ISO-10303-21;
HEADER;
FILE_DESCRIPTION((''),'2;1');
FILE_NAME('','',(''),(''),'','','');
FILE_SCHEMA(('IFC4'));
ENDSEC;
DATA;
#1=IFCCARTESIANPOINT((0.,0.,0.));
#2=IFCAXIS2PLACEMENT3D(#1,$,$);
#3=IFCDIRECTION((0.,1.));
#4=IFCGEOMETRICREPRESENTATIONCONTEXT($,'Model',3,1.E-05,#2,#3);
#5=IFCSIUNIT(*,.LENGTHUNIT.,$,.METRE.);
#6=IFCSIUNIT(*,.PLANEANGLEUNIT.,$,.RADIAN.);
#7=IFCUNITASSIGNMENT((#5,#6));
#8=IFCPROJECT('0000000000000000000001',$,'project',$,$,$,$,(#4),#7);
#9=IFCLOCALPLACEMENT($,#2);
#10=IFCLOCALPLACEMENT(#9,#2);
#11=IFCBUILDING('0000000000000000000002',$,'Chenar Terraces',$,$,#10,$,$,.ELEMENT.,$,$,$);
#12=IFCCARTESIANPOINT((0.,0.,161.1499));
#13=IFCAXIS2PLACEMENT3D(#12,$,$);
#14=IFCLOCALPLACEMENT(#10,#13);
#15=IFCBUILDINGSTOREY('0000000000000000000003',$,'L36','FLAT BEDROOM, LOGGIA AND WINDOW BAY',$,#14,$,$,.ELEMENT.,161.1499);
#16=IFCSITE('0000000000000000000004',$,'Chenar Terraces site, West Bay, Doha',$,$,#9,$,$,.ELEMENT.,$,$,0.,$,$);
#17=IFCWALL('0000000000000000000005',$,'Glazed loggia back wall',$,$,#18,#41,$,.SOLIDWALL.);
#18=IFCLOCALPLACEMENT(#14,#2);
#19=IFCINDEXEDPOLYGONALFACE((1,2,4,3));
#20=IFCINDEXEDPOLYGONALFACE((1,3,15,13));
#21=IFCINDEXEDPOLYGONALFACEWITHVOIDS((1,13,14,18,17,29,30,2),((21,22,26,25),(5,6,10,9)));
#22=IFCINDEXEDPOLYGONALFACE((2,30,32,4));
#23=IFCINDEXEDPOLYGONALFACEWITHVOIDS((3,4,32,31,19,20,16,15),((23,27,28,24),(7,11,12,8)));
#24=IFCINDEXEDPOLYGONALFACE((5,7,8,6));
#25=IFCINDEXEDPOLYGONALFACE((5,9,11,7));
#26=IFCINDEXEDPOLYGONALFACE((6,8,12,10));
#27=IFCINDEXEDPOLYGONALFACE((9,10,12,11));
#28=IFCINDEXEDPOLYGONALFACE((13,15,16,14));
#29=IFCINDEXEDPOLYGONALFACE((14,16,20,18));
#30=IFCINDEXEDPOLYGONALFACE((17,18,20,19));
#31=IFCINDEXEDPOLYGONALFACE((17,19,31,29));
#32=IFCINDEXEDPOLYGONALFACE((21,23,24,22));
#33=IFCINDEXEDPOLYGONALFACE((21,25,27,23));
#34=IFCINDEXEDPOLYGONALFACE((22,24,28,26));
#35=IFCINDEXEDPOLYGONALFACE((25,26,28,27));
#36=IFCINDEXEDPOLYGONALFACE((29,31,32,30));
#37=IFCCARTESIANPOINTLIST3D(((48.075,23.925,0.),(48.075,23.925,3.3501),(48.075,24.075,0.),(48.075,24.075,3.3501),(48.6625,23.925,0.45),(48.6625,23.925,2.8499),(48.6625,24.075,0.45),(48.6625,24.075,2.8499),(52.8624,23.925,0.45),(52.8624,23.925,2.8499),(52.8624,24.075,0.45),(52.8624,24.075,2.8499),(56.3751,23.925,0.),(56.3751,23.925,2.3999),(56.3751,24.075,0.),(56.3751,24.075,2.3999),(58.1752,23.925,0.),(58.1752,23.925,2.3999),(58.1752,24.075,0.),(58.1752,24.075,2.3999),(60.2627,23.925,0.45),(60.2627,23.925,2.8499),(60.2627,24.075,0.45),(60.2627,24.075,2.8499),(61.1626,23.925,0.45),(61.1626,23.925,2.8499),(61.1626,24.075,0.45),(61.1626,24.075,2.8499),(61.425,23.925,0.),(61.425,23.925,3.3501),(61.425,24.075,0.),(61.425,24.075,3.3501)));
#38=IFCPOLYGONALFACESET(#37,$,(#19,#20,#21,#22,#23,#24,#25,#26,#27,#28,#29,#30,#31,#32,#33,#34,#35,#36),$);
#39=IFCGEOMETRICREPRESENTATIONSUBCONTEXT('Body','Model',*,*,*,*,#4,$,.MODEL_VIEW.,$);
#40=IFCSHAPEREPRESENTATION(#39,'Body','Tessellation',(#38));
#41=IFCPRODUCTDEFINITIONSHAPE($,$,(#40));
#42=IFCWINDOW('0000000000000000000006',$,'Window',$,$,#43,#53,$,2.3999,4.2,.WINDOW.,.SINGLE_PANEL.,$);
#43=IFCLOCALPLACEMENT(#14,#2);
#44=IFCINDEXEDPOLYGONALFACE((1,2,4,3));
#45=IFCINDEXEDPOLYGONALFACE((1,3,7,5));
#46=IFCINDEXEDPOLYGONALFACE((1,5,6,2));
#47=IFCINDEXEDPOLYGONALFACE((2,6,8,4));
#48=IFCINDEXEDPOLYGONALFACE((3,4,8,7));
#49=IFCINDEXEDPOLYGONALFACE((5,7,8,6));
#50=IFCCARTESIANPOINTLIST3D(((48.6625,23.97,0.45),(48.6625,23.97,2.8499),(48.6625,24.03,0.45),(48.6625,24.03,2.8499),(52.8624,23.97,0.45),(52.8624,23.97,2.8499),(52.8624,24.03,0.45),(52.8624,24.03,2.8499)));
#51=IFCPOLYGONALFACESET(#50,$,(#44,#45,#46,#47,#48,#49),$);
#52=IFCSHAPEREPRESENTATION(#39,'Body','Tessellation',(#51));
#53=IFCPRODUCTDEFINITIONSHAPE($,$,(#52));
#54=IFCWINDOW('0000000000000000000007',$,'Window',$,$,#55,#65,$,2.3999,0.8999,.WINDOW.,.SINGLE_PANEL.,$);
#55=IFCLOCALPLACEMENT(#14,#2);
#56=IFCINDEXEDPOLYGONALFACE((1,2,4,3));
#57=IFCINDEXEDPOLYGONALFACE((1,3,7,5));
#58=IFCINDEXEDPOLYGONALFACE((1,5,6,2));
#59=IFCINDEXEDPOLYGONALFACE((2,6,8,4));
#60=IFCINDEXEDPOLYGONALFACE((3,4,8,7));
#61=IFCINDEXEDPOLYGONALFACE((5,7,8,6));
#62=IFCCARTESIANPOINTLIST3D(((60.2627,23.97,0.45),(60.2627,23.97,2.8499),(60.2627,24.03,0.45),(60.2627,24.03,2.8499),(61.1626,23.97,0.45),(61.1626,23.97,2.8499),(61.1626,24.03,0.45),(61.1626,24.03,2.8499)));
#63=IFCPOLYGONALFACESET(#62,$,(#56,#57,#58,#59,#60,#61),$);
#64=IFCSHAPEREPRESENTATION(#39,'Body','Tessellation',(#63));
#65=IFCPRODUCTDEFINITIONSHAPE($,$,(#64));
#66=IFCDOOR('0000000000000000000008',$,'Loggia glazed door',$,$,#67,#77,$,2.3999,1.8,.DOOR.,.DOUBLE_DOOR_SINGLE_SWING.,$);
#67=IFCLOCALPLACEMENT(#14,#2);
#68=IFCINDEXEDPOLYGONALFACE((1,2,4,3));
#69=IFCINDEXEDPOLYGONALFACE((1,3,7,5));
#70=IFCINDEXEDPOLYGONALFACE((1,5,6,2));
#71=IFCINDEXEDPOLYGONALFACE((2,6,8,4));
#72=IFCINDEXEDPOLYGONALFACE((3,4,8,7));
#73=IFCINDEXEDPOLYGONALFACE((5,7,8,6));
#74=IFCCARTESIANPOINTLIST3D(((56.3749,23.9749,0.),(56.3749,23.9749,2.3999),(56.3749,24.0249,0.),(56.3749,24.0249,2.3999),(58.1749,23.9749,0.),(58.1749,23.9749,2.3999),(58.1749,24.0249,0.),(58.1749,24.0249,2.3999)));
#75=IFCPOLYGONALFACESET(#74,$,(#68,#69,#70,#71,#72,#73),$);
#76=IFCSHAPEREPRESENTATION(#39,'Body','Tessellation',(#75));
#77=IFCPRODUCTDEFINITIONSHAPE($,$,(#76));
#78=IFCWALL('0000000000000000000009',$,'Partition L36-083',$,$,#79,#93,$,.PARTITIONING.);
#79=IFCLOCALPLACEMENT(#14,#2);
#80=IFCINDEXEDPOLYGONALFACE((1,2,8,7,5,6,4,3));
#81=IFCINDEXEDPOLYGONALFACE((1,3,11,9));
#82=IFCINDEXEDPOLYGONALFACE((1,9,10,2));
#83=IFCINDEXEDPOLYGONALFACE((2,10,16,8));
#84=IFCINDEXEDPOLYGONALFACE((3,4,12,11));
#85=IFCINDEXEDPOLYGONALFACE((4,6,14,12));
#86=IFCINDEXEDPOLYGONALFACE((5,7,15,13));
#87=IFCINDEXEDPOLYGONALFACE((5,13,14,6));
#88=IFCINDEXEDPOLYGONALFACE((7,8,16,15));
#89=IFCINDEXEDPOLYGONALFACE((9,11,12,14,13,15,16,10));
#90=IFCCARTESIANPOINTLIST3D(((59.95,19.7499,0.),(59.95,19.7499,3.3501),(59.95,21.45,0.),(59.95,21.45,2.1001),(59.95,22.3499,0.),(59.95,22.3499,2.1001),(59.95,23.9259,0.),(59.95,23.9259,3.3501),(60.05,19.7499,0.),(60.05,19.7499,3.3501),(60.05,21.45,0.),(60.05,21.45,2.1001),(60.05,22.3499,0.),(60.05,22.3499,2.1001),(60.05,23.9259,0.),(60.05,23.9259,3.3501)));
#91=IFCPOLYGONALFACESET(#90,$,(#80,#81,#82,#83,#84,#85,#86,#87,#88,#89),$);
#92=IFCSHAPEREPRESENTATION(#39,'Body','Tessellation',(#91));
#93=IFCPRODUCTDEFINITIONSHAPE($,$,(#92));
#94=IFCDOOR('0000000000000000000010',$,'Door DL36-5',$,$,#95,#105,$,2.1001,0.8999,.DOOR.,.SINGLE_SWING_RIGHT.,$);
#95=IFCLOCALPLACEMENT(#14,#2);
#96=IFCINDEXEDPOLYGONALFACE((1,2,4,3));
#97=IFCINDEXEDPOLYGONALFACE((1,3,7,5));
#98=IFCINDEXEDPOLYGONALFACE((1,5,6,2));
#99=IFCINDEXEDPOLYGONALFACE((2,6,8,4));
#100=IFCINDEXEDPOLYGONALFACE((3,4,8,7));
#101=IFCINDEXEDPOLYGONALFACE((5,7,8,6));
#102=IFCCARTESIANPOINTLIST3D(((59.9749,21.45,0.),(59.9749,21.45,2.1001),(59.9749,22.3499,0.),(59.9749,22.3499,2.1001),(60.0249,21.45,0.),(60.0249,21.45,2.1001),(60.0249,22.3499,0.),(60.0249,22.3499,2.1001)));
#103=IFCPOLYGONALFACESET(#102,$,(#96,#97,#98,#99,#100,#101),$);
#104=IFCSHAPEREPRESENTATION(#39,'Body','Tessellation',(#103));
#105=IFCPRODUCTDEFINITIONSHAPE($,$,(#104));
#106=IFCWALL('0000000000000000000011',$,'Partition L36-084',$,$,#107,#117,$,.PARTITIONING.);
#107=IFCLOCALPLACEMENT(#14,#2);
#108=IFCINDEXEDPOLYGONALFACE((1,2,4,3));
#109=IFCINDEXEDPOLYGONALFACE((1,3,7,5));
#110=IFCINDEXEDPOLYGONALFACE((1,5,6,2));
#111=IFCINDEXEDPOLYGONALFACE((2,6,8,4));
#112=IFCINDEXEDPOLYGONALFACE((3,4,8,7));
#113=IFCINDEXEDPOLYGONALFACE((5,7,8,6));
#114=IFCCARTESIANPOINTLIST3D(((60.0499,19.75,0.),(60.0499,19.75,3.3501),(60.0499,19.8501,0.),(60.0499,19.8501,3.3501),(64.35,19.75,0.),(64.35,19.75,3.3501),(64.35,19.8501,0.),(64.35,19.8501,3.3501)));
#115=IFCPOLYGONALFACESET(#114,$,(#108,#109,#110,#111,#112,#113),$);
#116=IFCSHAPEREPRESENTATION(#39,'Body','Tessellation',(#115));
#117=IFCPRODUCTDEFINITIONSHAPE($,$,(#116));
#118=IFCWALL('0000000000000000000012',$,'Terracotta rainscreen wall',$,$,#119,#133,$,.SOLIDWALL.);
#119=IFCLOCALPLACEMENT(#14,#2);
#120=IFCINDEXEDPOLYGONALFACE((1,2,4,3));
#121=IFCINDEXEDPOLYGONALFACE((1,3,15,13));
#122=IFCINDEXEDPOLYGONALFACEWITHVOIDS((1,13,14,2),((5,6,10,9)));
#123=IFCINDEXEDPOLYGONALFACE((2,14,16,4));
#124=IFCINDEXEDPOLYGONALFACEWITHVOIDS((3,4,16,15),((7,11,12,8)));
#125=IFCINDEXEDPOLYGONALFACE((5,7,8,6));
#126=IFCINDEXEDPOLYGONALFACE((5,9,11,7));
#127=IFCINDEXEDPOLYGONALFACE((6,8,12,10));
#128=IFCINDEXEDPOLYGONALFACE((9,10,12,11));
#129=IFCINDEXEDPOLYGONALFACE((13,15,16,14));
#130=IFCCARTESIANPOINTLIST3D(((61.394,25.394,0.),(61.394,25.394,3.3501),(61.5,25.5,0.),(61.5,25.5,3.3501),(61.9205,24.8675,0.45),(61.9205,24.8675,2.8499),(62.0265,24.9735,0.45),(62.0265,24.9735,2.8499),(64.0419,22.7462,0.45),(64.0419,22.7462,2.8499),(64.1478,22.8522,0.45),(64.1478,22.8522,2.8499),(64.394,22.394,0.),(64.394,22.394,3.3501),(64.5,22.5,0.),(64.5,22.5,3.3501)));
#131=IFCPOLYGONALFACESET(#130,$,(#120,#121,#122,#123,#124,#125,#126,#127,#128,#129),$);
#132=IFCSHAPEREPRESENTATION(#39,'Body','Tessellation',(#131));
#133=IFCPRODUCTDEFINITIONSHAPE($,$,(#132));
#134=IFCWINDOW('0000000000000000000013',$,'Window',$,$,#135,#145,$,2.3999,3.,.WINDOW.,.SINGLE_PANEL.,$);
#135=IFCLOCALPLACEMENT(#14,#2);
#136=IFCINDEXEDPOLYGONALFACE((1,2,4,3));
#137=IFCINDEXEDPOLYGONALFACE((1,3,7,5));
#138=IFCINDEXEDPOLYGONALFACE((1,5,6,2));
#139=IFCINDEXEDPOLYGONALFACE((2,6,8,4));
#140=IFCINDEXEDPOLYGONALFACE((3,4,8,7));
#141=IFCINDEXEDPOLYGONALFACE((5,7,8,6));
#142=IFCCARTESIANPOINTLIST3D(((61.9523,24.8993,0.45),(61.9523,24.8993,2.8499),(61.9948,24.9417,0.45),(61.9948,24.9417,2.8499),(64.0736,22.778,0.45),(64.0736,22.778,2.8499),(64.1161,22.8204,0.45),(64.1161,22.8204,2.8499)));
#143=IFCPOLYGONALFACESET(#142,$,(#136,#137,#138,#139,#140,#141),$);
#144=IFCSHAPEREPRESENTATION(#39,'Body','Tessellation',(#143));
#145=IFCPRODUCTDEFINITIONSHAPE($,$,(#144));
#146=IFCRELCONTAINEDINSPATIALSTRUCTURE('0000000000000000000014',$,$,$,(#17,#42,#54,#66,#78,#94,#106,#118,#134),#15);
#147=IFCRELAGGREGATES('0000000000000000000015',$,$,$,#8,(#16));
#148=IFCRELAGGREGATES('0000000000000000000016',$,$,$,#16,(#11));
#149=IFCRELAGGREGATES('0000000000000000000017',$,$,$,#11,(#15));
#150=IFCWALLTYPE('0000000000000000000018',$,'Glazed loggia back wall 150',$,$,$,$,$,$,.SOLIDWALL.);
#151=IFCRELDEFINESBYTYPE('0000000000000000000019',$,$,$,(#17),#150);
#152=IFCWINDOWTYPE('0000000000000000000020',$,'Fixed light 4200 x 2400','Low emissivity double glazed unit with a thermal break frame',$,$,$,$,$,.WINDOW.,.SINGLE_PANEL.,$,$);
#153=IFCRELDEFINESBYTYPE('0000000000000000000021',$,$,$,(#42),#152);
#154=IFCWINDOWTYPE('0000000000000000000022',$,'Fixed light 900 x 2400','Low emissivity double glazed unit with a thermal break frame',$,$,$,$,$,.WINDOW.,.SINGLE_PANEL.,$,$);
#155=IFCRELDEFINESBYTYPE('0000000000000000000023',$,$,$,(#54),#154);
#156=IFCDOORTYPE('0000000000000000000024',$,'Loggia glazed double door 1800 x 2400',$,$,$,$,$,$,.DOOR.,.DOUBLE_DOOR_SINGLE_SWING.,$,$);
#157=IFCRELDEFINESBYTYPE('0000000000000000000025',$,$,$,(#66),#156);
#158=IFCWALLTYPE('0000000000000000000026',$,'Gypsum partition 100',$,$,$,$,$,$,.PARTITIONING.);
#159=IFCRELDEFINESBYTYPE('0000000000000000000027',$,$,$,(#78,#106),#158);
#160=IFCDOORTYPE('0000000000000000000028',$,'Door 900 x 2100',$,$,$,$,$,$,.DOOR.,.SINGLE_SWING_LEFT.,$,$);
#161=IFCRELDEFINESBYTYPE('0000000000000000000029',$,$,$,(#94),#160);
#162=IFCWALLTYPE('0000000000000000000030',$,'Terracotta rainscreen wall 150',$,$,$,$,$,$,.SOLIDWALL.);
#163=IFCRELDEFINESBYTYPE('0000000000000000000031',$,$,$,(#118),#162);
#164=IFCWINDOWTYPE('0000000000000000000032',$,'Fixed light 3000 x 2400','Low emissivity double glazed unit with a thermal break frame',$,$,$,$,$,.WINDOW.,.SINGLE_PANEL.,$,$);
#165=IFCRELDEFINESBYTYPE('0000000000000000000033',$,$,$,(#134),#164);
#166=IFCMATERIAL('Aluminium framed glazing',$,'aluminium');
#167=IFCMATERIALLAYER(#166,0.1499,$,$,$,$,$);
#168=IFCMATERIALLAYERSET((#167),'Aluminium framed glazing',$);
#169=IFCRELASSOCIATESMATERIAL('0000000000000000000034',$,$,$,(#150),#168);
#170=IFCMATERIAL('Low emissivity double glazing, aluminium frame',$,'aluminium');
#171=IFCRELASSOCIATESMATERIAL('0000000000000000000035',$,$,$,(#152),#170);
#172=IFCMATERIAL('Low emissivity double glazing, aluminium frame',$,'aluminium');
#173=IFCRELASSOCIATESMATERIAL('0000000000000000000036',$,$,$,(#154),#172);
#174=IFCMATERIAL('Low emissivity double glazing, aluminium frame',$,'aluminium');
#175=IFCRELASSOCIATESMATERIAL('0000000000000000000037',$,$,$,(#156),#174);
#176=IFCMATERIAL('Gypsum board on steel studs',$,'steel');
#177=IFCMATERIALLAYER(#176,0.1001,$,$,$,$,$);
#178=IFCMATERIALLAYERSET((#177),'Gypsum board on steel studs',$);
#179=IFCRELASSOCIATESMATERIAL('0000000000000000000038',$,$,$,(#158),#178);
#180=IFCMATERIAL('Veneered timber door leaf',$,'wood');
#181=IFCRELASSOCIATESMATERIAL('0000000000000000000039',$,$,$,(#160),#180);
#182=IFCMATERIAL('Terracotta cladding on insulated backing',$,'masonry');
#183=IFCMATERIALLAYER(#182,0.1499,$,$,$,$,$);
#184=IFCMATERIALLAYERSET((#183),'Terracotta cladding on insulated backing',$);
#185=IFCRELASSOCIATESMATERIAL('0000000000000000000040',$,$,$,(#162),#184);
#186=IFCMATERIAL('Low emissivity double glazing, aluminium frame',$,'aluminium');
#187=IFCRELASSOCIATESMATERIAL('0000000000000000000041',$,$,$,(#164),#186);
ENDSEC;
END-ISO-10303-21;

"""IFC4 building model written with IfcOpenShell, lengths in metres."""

from ifc_helpers import new_model, si_unit, direction, frame, frame_2d, origin, place, context, subcontext, project, spatial, rectangle, extrude, material, layer, layer_set, type_object, element, fill, save


model = new_model("IFC4")

# Units and contexts
model_context = context("Model", 3, precision=1e-05, world=origin(), true_north=direction((0.0, 1.0)))
body_context = subcontext(model_context, "Body", "Model", "MODEL_VIEW")
ifc_project = project(units=[si_unit("LENGTHUNIT", "METRE"), si_unit("PLANEANGLEUNIT", "RADIAN")], contexts=[model_context])

# Site, building, storey
site_placement = place(None, origin())
site = spatial("IfcSite", under=ifc_project, at=site_placement, Name="Chenar Terraces site, West Bay, Doha", CompositionType="ELEMENT", RefElevation=0.0)
building_placement = place(site_placement, origin())
building = spatial("IfcBuilding", under=site, at=building_placement, Name="Chenar Terraces", CompositionType="ELEMENT")
storey_placement = place(building_placement, frame((0.0, 0.0, 161.1499)))
storey = spatial("IfcBuildingStorey", under=building, at=storey_placement, Name="L36", Description="FLAT BEDROOM, LOGGIA AND WINDOW BAY", CompositionType="ELEMENT", Elevation=161.1499)

# Wall, openings, windows, door
ifc_material_1 = material(Name="Aluminium framed glazing", Category="aluminium")
ifc_layer_1 = layer(ifc_material_1, 0.1499)
ifc_layer_set_1 = layer_set([ifc_layer_1], Name="Aluminium framed glazing")
wall_type_1 = type_object("IfcWallType", Name="Glazed loggia back wall 150", PredefinedType="SOLIDWALL", material=ifc_layer_set_1)
wall_1_placement = place(storey_placement, frame((61.425, 24.0, 0.0), z_axis=(0.0, 0.0, 1.0), x_axis=(-1.0, 0.0, 0.0)))
wall_1 = element("IfcWall", 1, at=wall_1_placement, inside=storey, type_object=wall_type_1, Name="Glazed loggia back wall", PredefinedType="SOLIDWALL", context=body_context, shape_type="SweptSolid", body=[
    extrude(rectangle(XDim=13.3501, YDim=0.1499, at=frame_2d((6.675, 0.0))), origin(), (0.0, 0.0, 1.0), 3.3501),
])
opening_1_placement = place(wall_1_placement, frame((0.2625, 0.0, 0.45)))
opening_1 = element("IfcOpeningElement", 2, at=opening_1_placement, cuts=wall_1, PredefinedType="OPENING", context=body_context, shape_type="SweptSolid", body=[
    extrude(rectangle(XDim=0.8999, YDim=2.3999, at=frame_2d((0.45, 1.2))), frame((0.0, 0.085, 0.0), z_axis=(0.0, -1.0, 0.0), x_axis=(1.0, 0.0, 0.0)), (0.0, 0.0, 1.0), 0.1699),
])
opening_2_placement = place(wall_1_placement, frame((3.25, 0.0, 0.0)))
opening_2 = element("IfcOpeningElement", 3, at=opening_2_placement, cuts=wall_1, PredefinedType="OPENING", context=body_context, shape_type="SweptSolid", body=[
    extrude(rectangle(XDim=1.8, YDim=2.3999, at=frame_2d((0.8999, 1.2))), frame((0.0, 0.085, 0.0), z_axis=(0.0, -1.0, 0.0), x_axis=(1.0, 0.0, 0.0)), (0.0, 0.0, 1.0), 0.1699),
])
opening_3_placement = place(wall_1_placement, frame((8.5625, 0.0, 0.45)))
opening_3 = element("IfcOpeningElement", 4, at=opening_3_placement, cuts=wall_1, PredefinedType="OPENING", context=body_context, shape_type="SweptSolid", body=[
    extrude(rectangle(XDim=4.2, YDim=2.3999, at=frame_2d((2.1001, 1.2))), frame((0.0, 0.085, 0.0), z_axis=(0.0, -1.0, 0.0), x_axis=(1.0, 0.0, 0.0)), (0.0, 0.0, 1.0), 0.1699),
])
ifc_material_2 = material(Name="Low emissivity double glazing, aluminium frame", Category="aluminium")
window_type_1 = type_object("IfcWindowType", Name="Fixed light 4200 x 2400", Description="Low emissivity double glazed unit with a thermal break frame", PartitioningType="SINGLE_PANEL", PredefinedType="WINDOW", material=ifc_material_2)
window_1_placement = place(opening_3_placement, origin())
window_1 = element("IfcWindow", 5, at=window_1_placement, inside=storey, type_object=window_type_1, Name="Window", OverallHeight=2.3999, OverallWidth=4.2, PartitioningType="SINGLE_PANEL", PredefinedType="WINDOW", context=body_context, shape_type="SweptSolid", body=[
    extrude(rectangle(XDim=4.2, YDim=2.3999, at=frame_2d((2.1001, 1.2))), frame((0.0, 0.03, 0.0), z_axis=(0.0, -1.0, 0.0), x_axis=(1.0, 0.0, 0.0)), (0.0, 0.0, 1.0), 0.0601),
])
fill(opening_3, window_1)
ifc_material_3 = material(Name="Low emissivity double glazing, aluminium frame", Category="aluminium")
window_type_2 = type_object("IfcWindowType", Name="Fixed light 900 x 2400", Description="Low emissivity double glazed unit with a thermal break frame", PartitioningType="SINGLE_PANEL", PredefinedType="WINDOW", material=ifc_material_3)
window_2_placement = place(opening_1_placement, origin())
window_2 = element("IfcWindow", 6, at=window_2_placement, inside=storey, type_object=window_type_2, Name="Window", OverallHeight=2.3999, OverallWidth=0.8999, PartitioningType="SINGLE_PANEL", PredefinedType="WINDOW", context=body_context, shape_type="SweptSolid", body=[
    extrude(rectangle(XDim=0.8999, YDim=2.3999, at=frame_2d((0.45, 1.2))), frame((0.0, 0.03, 0.0), z_axis=(0.0, -1.0, 0.0), x_axis=(1.0, 0.0, 0.0)), (0.0, 0.0, 1.0), 0.0601),
])
fill(opening_1, window_2)
ifc_material_4 = material(Name="Low emissivity double glazing, aluminium frame", Category="aluminium")
door_type_1 = type_object("IfcDoorType", Name="Loggia glazed double door 1800 x 2400", OperationType="DOUBLE_DOOR_SINGLE_SWING", PredefinedType="DOOR", material=ifc_material_4)
door_1_placement = place(opening_2_placement, frame((1.8, 0.0, 0.0), z_axis=(0.0, 0.0, 1.0), x_axis=(-1.0, 0.0, 0.0)))
door_1 = element("IfcDoor", 7, at=door_1_placement, inside=storey, type_object=door_type_1, Name="Loggia glazed door", OperationType="DOUBLE_DOOR_SINGLE_SWING", OverallHeight=2.3999, OverallWidth=1.8, PredefinedType="DOOR", context=body_context, shape_type="SweptSolid", body=[
    extrude(rectangle(XDim=1.8, YDim=2.3999, at=frame_2d((0.8999, 1.2))), frame((0.0, 0.0249, 0.0), z_axis=(0.0, -1.0, 0.0), x_axis=(1.0, 0.0, 0.0)), (0.0, 0.0, 1.0), 0.05),
])
fill(opening_2, door_1)

# Wall, opening, door
ifc_material_5 = material(Name="Gypsum board on steel studs", Category="steel")
ifc_layer_2 = layer(ifc_material_5, 0.1001)
ifc_layer_set_2 = layer_set([ifc_layer_2], Name="Gypsum board on steel studs")
wall_type_2 = type_object("IfcWallType", Name="Gypsum partition 100", PredefinedType="PARTITIONING", material=ifc_layer_set_2)
wall_2_placement = place(storey_placement, frame((60.0, 19.75, 0.0), z_axis=(0.0, 0.0, 1.0), x_axis=(0.0, 1.0, 0.0)))
wall_2 = element("IfcWall", 8, at=wall_2_placement, inside=storey, type_object=wall_type_2, Name="Partition L36-083", PredefinedType="PARTITIONING", context=body_context, shape_type="SweptSolid", body=[
    extrude(rectangle(XDim=4.176, YDim=0.1001, at=frame_2d((2.0879, 0.0))), origin(), (0.0, 0.0, 1.0), 3.3501),
])
opening_4_placement = place(wall_2_placement, frame((1.7, 0.0, 0.0)))
opening_4 = element("IfcOpeningElement", 9, at=opening_4_placement, cuts=wall_2, PredefinedType="OPENING", context=body_context, shape_type="SweptSolid", body=[
    extrude(rectangle(XDim=0.8999, YDim=2.1001, at=frame_2d((0.45, 1.05))), frame((0.0, 0.0601, 0.0), z_axis=(0.0, -1.0, 0.0), x_axis=(1.0, 0.0, 0.0)), (0.0, 0.0, 1.0), 0.1201),
])
ifc_material_6 = material(Name="Veneered timber door leaf", Category="wood")
door_type_2 = type_object("IfcDoorType", Name="Door 900 x 2100", OperationType="SINGLE_SWING_LEFT", PredefinedType="DOOR", material=ifc_material_6)
door_2_placement = place(opening_4_placement, frame((0.8999, 0.0, 0.0), z_axis=(0.0, 0.0, 1.0), x_axis=(-1.0, 0.0, 0.0)))
door_2 = element("IfcDoor", 10, at=door_2_placement, inside=storey, type_object=door_type_2, Name="Door DL36-5", OperationType="SINGLE_SWING_RIGHT", OverallHeight=2.1001, OverallWidth=0.8999, PredefinedType="DOOR", context=body_context, shape_type="SweptSolid", body=[
    extrude(rectangle(XDim=0.8999, YDim=2.1001, at=frame_2d((0.45, 1.05))), frame((0.0, 0.0249, 0.0), z_axis=(0.0, -1.0, 0.0), x_axis=(1.0, 0.0, 0.0)), (0.0, 0.0, 1.0), 0.05),
])
fill(opening_4, door_2)

# Wall
wall_3_placement = place(storey_placement, frame((60.05, 19.8, 0.0), z_axis=(0.0, 0.0, 1.0), x_axis=(1.0, 0.0, 0.0)))
element("IfcWall", 11, at=wall_3_placement, inside=storey, type_object=wall_type_2, Name="Partition L36-084", PredefinedType="PARTITIONING", context=body_context, shape_type="SweptSolid", body=[
    extrude(rectangle(XDim=4.3, YDim=0.1001, at=frame_2d((2.1499, 0.0))), origin(), (0.0, 0.0, 1.0), 3.3501),
])

# Wall, opening, window
ifc_material_7 = material(Name="Terracotta cladding on insulated backing", Category="masonry")
ifc_layer_3 = layer(ifc_material_7, 0.1499)
ifc_layer_set_3 = layer_set([ifc_layer_3], Name="Terracotta cladding on insulated backing")
wall_type_3 = type_object("IfcWallType", Name="Terracotta rainscreen wall 150", PredefinedType="SOLIDWALL", material=ifc_layer_set_3)
wall_4_placement = place(storey_placement, frame((64.447, 22.447, 0.0), z_axis=(0.0, 0.0, 1.0), x_axis=(-0.707107, 0.707107, 0.0)))
wall_4 = element("IfcWall", 12, at=wall_4_placement, inside=storey, type_object=wall_type_3, Name="Terracotta rainscreen wall", PredefinedType="SOLIDWALL", context=body_context, shape_type="SweptSolid", body=[
    extrude(rectangle(XDim=4.2427, YDim=0.1499, at=frame_2d((2.1213, 0.0))), origin(), (0.0, 0.0, 1.0), 3.3501),
])
opening_5_placement = place(wall_4_placement, frame((0.498, 0.0, 0.45)))
opening_5 = element("IfcOpeningElement", 13, at=opening_5_placement, cuts=wall_4, PredefinedType="OPENING", context=body_context, shape_type="SweptSolid", body=[
    extrude(rectangle(XDim=3.0, YDim=2.3999, at=frame_2d((1.5, 1.2))), frame((0.0, 0.085, 0.0), z_axis=(0.0, -1.0, 0.0), x_axis=(1.0, 0.0, 0.0)), (0.0, 0.0, 1.0), 0.1699),
])
ifc_material_8 = material(Name="Low emissivity double glazing, aluminium frame", Category="aluminium")
window_type_3 = type_object("IfcWindowType", Name="Fixed light 3000 x 2400", Description="Low emissivity double glazed unit with a thermal break frame", PartitioningType="SINGLE_PANEL", PredefinedType="WINDOW", material=ifc_material_8)
window_3_placement = place(opening_5_placement, origin())
window_3 = element("IfcWindow", 14, at=window_3_placement, inside=storey, type_object=window_type_3, Name="Window", OverallHeight=2.3999, OverallWidth=3.0, PartitioningType="SINGLE_PANEL", PredefinedType="WINDOW", context=body_context, shape_type="SweptSolid", body=[
    extrude(rectangle(XDim=3.0, YDim=2.3999, at=frame_2d((1.5, 1.2))), frame((0.0, 0.03, 0.0), z_axis=(0.0, -1.0, 0.0), x_axis=(1.0, 0.0, 0.0)), (0.0, 0.0, 1.0), 0.0601),
])
fill(opening_5, window_3)

save(model, "model.ifc")
